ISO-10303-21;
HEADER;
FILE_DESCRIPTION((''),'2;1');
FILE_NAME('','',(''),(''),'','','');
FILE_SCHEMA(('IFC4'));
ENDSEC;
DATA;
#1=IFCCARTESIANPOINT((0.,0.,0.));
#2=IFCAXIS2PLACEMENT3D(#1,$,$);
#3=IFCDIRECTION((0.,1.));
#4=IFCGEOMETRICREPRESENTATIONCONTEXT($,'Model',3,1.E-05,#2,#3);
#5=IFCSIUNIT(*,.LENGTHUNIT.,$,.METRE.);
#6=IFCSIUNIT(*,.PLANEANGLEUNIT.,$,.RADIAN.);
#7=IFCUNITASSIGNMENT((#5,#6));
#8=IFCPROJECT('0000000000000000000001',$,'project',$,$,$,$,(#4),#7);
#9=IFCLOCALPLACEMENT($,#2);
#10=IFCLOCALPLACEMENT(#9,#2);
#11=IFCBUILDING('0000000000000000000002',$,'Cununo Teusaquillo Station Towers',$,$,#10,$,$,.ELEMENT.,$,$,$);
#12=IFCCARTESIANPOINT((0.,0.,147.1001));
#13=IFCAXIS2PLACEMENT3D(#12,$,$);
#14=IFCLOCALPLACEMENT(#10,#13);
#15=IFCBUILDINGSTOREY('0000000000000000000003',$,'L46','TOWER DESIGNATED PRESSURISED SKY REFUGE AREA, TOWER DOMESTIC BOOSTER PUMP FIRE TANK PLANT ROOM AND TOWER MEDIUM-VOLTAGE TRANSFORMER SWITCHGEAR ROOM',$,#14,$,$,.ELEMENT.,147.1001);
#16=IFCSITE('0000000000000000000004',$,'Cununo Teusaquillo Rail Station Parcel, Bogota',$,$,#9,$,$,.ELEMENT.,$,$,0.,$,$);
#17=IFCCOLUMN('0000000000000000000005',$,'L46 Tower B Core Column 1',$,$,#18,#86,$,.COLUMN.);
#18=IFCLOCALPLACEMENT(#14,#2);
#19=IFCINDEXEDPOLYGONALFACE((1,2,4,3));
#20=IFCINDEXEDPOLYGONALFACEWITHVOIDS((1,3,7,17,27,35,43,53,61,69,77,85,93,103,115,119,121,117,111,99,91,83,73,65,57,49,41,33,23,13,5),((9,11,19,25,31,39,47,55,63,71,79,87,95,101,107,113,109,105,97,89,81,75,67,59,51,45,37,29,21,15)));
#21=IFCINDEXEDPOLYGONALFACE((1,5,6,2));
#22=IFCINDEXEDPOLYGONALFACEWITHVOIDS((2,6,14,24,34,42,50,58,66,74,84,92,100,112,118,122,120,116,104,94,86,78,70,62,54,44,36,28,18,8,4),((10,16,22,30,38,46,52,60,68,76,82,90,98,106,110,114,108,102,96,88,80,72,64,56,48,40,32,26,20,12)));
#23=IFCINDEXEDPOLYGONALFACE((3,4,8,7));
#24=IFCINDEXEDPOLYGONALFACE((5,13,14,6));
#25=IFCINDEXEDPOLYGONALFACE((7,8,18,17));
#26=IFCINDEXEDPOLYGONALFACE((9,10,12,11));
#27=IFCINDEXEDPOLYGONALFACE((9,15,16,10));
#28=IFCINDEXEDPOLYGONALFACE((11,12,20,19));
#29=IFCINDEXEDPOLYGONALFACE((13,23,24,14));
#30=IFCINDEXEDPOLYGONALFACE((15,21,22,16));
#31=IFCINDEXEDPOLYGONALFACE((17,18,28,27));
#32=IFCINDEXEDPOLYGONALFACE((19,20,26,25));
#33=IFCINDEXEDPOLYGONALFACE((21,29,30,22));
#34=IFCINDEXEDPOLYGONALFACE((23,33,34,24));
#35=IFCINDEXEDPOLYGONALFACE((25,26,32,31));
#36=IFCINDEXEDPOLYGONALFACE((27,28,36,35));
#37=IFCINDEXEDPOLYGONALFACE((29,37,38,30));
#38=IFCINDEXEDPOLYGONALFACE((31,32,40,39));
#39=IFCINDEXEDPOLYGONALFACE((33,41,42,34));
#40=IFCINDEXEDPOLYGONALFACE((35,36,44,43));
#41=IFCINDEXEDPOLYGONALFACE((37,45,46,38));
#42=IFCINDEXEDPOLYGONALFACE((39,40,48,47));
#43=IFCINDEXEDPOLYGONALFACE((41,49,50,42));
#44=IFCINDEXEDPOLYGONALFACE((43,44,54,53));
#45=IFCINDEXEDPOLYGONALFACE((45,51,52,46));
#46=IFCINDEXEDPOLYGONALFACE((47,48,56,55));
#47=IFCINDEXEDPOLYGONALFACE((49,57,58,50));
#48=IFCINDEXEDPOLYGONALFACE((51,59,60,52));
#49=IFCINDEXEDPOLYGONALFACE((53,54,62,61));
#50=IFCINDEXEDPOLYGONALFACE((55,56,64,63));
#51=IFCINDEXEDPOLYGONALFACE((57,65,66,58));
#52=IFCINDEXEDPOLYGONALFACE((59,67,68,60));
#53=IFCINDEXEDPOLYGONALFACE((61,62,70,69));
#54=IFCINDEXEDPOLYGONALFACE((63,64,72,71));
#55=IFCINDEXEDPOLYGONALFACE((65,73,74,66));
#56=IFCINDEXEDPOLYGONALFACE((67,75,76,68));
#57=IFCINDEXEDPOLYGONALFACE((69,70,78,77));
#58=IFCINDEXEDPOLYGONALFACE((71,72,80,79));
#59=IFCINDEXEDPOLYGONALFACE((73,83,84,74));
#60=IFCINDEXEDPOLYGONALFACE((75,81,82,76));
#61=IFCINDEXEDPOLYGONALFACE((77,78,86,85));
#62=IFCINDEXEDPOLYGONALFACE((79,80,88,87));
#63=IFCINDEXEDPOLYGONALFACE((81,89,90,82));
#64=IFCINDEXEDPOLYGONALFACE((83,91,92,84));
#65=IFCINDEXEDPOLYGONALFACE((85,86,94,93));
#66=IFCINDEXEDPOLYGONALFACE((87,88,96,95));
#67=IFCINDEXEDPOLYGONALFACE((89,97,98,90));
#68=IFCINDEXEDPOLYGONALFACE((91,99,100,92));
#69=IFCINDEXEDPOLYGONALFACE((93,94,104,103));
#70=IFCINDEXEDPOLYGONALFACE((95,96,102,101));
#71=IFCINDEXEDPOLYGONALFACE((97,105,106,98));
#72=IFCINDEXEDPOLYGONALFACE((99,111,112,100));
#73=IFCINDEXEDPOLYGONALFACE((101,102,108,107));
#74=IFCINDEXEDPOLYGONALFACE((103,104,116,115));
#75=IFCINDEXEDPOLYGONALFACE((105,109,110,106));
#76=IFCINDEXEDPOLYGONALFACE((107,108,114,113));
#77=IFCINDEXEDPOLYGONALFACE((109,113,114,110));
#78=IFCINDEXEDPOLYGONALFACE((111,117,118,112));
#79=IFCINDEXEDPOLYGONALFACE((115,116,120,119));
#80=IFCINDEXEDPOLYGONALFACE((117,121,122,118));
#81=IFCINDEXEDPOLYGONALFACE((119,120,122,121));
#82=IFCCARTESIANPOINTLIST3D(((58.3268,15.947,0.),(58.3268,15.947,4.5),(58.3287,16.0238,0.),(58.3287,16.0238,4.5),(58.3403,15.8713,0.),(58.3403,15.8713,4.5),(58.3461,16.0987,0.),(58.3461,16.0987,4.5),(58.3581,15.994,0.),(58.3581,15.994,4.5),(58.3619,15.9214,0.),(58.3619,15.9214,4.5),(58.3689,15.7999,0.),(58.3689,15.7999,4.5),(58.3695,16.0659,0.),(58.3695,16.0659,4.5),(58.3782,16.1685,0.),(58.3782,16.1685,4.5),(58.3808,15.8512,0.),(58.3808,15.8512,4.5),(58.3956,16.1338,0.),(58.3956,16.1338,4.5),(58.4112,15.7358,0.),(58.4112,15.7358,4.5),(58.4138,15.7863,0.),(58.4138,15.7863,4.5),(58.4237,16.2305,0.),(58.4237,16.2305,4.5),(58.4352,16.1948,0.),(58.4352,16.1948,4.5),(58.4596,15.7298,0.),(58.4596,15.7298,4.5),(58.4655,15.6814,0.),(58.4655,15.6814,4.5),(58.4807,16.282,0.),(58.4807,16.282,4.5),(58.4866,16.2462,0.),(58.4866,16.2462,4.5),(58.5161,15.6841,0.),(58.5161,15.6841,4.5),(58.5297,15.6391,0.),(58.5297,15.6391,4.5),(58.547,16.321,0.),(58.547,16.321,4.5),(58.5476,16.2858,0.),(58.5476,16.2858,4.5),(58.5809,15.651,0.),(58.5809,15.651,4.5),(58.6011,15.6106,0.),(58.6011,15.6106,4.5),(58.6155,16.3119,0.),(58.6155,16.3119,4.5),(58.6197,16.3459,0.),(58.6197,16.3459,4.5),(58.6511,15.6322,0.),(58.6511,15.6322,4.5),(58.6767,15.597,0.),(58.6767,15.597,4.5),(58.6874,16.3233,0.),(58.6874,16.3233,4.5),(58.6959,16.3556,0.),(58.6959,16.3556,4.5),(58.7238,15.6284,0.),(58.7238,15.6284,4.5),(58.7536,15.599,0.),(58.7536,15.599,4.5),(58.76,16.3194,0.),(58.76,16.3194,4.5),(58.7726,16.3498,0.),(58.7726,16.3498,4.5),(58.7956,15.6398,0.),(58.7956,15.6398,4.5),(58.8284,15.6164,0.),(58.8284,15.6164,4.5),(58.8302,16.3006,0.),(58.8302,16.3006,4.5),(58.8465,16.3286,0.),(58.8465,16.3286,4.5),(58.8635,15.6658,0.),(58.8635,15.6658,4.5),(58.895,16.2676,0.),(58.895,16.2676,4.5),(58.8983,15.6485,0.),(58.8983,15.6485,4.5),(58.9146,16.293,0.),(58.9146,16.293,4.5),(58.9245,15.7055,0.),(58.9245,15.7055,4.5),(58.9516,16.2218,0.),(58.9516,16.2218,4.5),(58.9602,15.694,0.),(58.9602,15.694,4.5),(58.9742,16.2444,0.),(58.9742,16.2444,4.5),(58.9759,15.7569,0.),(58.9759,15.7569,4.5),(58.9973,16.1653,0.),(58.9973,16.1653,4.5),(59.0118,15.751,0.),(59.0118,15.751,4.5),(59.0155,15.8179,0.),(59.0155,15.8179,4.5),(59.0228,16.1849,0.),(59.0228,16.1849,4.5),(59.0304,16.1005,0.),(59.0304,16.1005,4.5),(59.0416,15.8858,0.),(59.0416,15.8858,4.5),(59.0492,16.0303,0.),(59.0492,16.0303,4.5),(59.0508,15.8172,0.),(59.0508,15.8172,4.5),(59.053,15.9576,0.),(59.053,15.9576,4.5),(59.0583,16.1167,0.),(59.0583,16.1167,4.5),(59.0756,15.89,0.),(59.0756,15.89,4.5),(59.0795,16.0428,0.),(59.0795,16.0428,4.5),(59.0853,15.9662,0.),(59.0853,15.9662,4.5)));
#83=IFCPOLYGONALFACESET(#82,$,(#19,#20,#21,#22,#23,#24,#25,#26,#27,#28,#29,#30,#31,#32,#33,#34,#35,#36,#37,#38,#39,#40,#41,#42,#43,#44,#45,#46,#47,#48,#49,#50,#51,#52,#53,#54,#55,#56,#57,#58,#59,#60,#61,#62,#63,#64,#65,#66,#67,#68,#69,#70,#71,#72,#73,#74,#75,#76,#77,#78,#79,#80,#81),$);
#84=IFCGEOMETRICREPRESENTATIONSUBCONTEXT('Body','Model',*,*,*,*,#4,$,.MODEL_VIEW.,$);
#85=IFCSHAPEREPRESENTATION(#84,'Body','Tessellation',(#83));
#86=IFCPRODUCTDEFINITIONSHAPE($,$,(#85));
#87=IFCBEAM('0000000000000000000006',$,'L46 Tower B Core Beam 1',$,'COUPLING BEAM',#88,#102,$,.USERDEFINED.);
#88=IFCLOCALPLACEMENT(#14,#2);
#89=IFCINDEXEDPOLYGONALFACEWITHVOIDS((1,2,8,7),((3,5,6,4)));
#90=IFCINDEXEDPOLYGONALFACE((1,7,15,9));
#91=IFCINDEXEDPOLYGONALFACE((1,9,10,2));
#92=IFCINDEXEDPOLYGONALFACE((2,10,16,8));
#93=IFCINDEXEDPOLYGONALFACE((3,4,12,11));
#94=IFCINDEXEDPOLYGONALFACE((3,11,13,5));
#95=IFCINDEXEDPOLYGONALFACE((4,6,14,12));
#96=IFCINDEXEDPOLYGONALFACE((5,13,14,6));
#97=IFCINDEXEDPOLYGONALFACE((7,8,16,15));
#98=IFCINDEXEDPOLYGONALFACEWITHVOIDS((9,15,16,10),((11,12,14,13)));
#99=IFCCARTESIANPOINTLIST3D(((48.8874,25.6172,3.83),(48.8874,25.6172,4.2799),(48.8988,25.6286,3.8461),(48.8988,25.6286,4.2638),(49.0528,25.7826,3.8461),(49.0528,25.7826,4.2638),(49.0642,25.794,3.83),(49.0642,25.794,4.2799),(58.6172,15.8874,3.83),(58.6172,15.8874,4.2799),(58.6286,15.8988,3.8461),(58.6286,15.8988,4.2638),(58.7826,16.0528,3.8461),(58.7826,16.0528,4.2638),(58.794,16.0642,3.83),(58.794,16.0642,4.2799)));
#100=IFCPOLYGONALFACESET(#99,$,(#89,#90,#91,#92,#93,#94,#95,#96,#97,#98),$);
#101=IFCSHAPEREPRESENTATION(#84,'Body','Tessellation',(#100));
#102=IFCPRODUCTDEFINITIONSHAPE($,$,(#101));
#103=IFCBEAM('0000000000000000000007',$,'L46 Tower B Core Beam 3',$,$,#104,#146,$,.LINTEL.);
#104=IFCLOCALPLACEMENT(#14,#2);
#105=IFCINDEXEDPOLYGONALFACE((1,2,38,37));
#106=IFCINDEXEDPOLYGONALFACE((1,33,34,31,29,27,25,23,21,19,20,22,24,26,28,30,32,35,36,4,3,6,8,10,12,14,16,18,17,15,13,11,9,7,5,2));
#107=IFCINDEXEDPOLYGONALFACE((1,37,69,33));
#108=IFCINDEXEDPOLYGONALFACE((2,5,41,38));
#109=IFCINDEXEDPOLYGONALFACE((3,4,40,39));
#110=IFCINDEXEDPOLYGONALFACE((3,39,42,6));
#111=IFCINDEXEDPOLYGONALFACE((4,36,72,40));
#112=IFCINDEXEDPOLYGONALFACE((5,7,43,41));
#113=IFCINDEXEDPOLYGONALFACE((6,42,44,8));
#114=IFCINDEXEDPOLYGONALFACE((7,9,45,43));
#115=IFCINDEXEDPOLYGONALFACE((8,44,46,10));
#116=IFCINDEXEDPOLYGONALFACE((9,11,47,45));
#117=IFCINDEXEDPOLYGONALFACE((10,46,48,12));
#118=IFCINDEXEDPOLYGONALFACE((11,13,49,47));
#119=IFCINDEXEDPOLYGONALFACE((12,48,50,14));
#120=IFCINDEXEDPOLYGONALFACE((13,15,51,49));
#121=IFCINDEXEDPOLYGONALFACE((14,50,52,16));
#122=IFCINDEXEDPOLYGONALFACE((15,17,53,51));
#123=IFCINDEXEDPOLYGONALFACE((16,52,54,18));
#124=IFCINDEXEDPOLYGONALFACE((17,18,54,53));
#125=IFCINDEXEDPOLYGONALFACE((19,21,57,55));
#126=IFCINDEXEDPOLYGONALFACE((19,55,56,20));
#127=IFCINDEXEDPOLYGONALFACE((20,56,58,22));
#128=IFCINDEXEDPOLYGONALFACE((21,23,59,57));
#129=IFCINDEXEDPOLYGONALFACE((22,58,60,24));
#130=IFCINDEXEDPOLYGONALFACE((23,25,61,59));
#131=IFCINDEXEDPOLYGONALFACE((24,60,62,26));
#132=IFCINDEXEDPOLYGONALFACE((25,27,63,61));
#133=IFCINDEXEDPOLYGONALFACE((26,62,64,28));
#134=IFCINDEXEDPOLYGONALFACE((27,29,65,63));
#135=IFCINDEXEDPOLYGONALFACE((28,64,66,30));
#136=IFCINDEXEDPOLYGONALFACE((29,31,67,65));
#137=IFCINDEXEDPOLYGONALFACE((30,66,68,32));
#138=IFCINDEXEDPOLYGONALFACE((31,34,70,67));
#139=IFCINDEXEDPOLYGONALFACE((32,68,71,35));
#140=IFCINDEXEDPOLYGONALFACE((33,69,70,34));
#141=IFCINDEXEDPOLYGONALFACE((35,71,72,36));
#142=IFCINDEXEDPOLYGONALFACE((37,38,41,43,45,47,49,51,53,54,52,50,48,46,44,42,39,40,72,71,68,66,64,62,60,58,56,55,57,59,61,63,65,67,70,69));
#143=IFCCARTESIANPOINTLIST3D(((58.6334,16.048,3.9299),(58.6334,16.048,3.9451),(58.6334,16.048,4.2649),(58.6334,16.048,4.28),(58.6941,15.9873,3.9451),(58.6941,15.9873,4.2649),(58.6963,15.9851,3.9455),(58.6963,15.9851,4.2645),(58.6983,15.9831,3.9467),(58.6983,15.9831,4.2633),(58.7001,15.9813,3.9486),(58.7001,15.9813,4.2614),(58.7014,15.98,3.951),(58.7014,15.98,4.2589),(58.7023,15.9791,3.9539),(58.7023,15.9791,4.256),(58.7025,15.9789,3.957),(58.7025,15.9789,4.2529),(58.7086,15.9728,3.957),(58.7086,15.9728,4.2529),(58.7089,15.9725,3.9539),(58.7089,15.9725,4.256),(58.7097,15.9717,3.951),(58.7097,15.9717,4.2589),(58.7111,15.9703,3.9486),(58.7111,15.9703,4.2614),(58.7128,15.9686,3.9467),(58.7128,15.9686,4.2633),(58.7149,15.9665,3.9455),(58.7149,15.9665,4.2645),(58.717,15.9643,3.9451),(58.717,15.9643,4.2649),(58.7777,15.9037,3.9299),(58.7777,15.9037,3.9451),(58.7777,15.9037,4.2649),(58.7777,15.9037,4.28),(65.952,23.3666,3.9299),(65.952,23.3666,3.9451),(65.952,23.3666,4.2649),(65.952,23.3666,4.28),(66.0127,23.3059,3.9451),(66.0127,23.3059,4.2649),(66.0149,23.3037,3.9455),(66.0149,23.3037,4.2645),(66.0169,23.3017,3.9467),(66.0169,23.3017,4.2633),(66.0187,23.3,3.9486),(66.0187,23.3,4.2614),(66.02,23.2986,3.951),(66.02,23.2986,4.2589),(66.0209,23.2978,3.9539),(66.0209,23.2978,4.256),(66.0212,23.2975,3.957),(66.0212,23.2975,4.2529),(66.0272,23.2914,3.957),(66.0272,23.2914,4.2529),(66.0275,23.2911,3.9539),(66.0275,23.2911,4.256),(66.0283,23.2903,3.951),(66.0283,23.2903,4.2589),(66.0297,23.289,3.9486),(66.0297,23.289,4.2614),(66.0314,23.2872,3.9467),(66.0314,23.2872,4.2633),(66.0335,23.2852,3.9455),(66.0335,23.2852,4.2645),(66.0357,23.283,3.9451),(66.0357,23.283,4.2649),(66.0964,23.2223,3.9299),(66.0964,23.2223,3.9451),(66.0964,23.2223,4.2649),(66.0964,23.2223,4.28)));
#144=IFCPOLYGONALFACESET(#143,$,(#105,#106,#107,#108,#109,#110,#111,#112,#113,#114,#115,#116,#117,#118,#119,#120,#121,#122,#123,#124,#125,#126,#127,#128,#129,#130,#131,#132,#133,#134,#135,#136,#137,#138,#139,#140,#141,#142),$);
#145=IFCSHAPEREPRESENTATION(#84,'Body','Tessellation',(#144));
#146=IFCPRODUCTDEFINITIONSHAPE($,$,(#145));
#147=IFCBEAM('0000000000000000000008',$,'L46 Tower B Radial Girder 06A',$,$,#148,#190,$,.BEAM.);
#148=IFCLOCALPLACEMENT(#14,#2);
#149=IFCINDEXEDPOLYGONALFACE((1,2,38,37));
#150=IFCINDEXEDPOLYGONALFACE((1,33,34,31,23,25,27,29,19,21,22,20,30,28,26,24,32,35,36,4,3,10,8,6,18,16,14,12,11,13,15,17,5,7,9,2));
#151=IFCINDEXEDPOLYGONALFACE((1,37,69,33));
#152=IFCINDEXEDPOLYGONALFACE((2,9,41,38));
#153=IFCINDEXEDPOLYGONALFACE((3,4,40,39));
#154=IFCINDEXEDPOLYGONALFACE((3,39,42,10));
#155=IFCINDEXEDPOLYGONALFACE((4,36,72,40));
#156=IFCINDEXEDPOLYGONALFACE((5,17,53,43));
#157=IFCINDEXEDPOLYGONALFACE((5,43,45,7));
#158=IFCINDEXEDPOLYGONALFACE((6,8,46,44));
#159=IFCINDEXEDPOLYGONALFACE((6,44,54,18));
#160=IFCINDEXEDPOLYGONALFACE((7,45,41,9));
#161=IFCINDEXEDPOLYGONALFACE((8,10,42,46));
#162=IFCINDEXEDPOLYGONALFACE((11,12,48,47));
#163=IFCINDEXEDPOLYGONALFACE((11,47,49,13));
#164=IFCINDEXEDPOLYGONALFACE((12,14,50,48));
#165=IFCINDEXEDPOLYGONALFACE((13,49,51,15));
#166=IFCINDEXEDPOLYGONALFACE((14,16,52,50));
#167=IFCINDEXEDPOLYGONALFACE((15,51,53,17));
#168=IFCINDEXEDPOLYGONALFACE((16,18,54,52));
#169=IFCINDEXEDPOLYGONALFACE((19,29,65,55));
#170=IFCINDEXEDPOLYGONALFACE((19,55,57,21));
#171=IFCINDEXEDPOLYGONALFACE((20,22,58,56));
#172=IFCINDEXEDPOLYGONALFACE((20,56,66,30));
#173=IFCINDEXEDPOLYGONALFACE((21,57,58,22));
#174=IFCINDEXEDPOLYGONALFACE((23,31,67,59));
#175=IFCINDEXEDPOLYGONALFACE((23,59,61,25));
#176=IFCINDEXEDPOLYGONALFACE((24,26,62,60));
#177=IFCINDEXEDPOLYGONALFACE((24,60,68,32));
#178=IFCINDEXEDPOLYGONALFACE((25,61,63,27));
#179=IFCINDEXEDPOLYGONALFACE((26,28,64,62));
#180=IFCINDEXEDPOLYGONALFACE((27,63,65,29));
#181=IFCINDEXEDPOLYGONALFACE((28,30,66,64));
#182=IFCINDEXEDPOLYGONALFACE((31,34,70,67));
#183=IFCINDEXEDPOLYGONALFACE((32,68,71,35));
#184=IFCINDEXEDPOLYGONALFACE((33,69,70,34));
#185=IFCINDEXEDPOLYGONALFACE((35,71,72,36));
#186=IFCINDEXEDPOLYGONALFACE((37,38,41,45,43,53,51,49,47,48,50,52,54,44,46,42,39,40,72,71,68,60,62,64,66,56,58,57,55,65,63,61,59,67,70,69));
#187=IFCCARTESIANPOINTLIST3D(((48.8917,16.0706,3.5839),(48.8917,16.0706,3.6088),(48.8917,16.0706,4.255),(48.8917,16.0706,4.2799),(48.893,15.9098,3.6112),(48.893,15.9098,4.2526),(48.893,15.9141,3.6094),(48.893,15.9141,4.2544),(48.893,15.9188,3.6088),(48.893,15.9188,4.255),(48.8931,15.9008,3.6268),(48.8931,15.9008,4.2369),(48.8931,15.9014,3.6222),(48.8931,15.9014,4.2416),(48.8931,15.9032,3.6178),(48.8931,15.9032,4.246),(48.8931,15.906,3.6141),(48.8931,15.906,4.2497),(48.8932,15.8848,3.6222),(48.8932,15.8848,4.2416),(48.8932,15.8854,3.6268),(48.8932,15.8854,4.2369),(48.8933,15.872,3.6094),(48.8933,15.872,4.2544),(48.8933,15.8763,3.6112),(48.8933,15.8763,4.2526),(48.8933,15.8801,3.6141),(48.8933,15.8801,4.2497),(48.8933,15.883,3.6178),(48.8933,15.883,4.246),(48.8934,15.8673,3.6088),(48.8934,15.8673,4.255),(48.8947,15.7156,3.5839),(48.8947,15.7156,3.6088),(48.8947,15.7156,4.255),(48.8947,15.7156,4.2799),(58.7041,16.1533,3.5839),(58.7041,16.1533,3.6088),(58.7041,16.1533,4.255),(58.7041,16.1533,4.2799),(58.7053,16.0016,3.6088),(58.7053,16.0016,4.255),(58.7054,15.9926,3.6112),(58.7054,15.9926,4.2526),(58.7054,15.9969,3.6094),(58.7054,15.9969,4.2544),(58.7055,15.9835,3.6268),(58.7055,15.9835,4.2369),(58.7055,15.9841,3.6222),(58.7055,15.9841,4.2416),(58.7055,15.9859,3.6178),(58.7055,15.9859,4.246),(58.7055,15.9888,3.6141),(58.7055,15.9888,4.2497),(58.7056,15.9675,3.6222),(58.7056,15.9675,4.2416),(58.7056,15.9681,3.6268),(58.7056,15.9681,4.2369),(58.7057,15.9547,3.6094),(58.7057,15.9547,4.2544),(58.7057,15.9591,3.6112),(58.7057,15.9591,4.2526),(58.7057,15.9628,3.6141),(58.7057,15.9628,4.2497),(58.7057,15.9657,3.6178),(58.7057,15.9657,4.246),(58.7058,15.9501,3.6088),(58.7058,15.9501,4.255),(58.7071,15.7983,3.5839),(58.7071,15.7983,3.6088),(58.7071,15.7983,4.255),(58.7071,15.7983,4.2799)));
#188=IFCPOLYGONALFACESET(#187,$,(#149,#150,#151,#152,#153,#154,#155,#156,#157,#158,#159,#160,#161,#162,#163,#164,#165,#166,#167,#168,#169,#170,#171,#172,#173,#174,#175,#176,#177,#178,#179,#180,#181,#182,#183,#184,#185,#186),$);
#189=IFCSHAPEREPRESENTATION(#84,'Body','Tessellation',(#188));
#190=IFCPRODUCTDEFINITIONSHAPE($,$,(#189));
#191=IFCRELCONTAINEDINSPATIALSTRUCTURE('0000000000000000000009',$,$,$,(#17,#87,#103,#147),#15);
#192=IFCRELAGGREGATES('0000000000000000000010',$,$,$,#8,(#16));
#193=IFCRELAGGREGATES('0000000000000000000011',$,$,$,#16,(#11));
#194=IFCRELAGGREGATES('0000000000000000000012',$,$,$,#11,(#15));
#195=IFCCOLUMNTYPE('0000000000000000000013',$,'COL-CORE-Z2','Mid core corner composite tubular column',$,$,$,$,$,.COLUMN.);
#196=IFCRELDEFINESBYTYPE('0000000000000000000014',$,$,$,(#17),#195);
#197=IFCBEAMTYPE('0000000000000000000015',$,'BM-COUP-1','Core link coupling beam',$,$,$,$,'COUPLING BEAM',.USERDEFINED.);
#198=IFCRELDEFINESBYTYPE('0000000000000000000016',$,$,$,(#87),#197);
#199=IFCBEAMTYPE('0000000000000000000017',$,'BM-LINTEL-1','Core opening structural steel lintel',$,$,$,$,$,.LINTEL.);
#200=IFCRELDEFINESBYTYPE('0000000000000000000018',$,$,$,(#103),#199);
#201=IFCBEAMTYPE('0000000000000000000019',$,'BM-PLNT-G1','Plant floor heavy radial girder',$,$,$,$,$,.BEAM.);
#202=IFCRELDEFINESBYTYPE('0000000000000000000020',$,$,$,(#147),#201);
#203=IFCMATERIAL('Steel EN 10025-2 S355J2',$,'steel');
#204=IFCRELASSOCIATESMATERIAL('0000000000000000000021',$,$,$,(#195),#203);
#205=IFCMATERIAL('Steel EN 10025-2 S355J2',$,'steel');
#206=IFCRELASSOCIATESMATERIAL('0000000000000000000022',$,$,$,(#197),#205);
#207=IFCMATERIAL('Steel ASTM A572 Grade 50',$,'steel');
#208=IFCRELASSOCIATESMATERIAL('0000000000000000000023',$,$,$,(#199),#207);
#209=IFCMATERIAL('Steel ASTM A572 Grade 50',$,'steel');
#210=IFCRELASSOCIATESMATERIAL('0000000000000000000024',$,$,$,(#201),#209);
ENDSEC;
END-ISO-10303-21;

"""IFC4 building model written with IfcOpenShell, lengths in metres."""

from ifc_helpers import new_model, si_unit, direction, frame, origin, origin_2d, place, context, subcontext, project, spatial, hollow_rectangle, hollow_circle, i_section, extrude, material, material_profile, profile_set, type_object, element, save


model = new_model("IFC4")

# Units and contexts
model_context = context("Model", 3, precision=1e-05, world=origin(), true_north=direction((0.0, 1.0)))
body_context = subcontext(model_context, "Body", "Model", "MODEL_VIEW")
ifc_project = project(units=[si_unit("LENGTHUNIT", "METRE"), si_unit("PLANEANGLEUNIT", "RADIAN")], contexts=[model_context])

# Site, building, storey
site_placement = place(None, origin())
site = spatial("IfcSite", under=ifc_project, at=site_placement, Name="Cununo Teusaquillo Rail Station Parcel, Bogota", CompositionType="ELEMENT", RefElevation=0.0)
building_placement = place(site_placement, origin())
building = spatial("IfcBuilding", under=site, at=building_placement, Name="Cununo Teusaquillo Station Towers", CompositionType="ELEMENT")
storey_placement = place(building_placement, frame((0.0, 0.0, 147.1001)))
storey = spatial("IfcBuildingStorey", under=building, at=storey_placement, Name="L46", Description="TOWER DESIGNATED PRESSURISED SKY REFUGE AREA, TOWER DOMESTIC BOOSTER PUMP FIRE TANK PLANT ROOM AND TOWER MEDIUM-VOLTAGE TRANSFORMER SWITCHGEAR ROOM", CompositionType="ELEMENT", Elevation=147.1001)

# Column
ifc_material_1 = material(Name="Steel EN 10025-2 S355J2", Category="steel")
ifc_material_profile_1 = material_profile(ifc_material_1, hollow_circle(Radius=0.3799, WallThickness=0.032, at=origin_2d()), Name="CHS 760x32")
ifc_profile_set_1 = profile_set([ifc_material_profile_1], Name="Steel EN 10025-2 S355J2")
column_type = type_object("IfcColumnType", Name="COL-CORE-Z2", Description="Mid core corner composite tubular column", PredefinedType="COLUMN", material=ifc_profile_set_1)
column_placement = place(storey_placement, frame((58.7056, 15.9758, 0.0), z_axis=(0.0, 0.0, 1.0), x_axis=(0.707107, 0.707107, 0.0)))
element("IfcColumn", 1, at=column_placement, inside=storey, type_object=column_type, Name="L46 Tower B Core Column 1", PredefinedType="COLUMN", context=body_context, shape_type="SweptSolid", body=[
    extrude(hollow_circle(Radius=0.3799, WallThickness=0.032, at=origin_2d()), origin(), (0.0, 0.0, 1.0), 4.5),
])

# Beams
ifc_material_2 = material(Name="Steel EN 10025-2 S355J2", Category="steel")
ifc_material_profile_2 = material_profile(ifc_material_2, hollow_rectangle(XDim=0.25, YDim=0.45, WallThickness=0.0161, at=origin_2d()), Name="RHS 450x250x16")
ifc_profile_set_2 = profile_set([ifc_material_profile_2], Name="Steel EN 10025-2 S355J2")
beam_type_1 = type_object("IfcBeamType", Name="BM-COUP-1", Description="Core link coupling beam", ElementType="COUPLING BEAM", PredefinedType="USERDEFINED", material=ifc_profile_set_2)
beam_1_placement = place(storey_placement, frame((58.7056, 15.9758, 4.0549), z_axis=(-0.707107, 0.707107, 0.0), x_axis=(-0.707107, -0.707107, 0.0)))
element("IfcBeam", 2, at=beam_1_placement, inside=storey, type_object=beam_type_1, Name="L46 Tower B Core Beam 1", ObjectType="COUPLING BEAM", PredefinedType="USERDEFINED", context=body_context, shape_type="SweptSolid", body=[
    extrude(hollow_rectangle(XDim=0.25, YDim=0.45, WallThickness=0.0161, at=origin_2d()), origin(), (0.0, 0.0, 1.0), 13.76),
])
ifc_material_3 = material(Name="Steel ASTM A572 Grade 50", Category="steel")
ifc_material_profile_3 = material_profile(ifc_material_3, i_section(OverallWidth=0.2041, OverallDepth=0.3501, WebThickness=0.0085, FlangeThickness=0.0151, FilletRadius=0.012, at=origin_2d()), Name="W14X48")
ifc_profile_set_3 = profile_set([ifc_material_profile_3], Name="Steel ASTM A572 Grade 50")
beam_type_2 = type_object("IfcBeamType", Name="BM-LINTEL-1", Description="Core opening structural steel lintel", PredefinedType="LINTEL", material=ifc_profile_set_3)
beam_2_placement = place(storey_placement, frame((58.7056, 15.9758, 4.105), z_axis=(0.707107, 0.707107, 0.0), x_axis=(-0.707107, 0.707107, 0.0)))
element("IfcBeam", 3, at=beam_2_placement, inside=storey, type_object=beam_type_2, Name="L46 Tower B Core Beam 3", PredefinedType="LINTEL", context=body_context, shape_type="SweptSolid", body=[
    extrude(i_section(OverallWidth=0.2041, OverallDepth=0.3501, WebThickness=0.0085, FlangeThickness=0.0151, FilletRadius=0.012, at=origin_2d()), origin(), (0.0, 0.0, 1.0), 10.3501),
])
ifc_material_4 = material(Name="Steel ASTM A572 Grade 50", Category="steel")
ifc_material_profile_4 = material_profile(ifc_material_4, i_section(OverallWidth=0.355, OverallDepth=0.696, WebThickness=0.0154, FlangeThickness=0.0249, FilletRadius=0.0181, at=origin_2d()), Name="W27X146")
ifc_profile_set_4 = profile_set([ifc_material_profile_4], Name="Steel ASTM A572 Grade 50")
beam_type_3 = type_object("IfcBeamType", Name="BM-PLNT-G1", Description="Plant floor heavy radial girder", PredefinedType="BEAM", material=ifc_profile_set_4)
beam_3_placement = place(storey_placement, frame((58.7056, 15.9758, 3.9319), z_axis=(-0.999964, -0.008434, 0.0), x_axis=(0.008434, -0.999964, 0.0)))
element("IfcBeam", 4, at=beam_3_placement, inside=storey, type_object=beam_type_3, Name="L46 Tower B Radial Girder 06A", PredefinedType="BEAM", context=body_context, shape_type="SweptSolid", body=[
    extrude(i_section(OverallWidth=0.355, OverallDepth=0.696, WebThickness=0.0154, FlangeThickness=0.0249, FilletRadius=0.0181, at=origin_2d()), origin(), (0.0, 0.0, 1.0), 9.8127),
])

save(model, "model.ifc")
